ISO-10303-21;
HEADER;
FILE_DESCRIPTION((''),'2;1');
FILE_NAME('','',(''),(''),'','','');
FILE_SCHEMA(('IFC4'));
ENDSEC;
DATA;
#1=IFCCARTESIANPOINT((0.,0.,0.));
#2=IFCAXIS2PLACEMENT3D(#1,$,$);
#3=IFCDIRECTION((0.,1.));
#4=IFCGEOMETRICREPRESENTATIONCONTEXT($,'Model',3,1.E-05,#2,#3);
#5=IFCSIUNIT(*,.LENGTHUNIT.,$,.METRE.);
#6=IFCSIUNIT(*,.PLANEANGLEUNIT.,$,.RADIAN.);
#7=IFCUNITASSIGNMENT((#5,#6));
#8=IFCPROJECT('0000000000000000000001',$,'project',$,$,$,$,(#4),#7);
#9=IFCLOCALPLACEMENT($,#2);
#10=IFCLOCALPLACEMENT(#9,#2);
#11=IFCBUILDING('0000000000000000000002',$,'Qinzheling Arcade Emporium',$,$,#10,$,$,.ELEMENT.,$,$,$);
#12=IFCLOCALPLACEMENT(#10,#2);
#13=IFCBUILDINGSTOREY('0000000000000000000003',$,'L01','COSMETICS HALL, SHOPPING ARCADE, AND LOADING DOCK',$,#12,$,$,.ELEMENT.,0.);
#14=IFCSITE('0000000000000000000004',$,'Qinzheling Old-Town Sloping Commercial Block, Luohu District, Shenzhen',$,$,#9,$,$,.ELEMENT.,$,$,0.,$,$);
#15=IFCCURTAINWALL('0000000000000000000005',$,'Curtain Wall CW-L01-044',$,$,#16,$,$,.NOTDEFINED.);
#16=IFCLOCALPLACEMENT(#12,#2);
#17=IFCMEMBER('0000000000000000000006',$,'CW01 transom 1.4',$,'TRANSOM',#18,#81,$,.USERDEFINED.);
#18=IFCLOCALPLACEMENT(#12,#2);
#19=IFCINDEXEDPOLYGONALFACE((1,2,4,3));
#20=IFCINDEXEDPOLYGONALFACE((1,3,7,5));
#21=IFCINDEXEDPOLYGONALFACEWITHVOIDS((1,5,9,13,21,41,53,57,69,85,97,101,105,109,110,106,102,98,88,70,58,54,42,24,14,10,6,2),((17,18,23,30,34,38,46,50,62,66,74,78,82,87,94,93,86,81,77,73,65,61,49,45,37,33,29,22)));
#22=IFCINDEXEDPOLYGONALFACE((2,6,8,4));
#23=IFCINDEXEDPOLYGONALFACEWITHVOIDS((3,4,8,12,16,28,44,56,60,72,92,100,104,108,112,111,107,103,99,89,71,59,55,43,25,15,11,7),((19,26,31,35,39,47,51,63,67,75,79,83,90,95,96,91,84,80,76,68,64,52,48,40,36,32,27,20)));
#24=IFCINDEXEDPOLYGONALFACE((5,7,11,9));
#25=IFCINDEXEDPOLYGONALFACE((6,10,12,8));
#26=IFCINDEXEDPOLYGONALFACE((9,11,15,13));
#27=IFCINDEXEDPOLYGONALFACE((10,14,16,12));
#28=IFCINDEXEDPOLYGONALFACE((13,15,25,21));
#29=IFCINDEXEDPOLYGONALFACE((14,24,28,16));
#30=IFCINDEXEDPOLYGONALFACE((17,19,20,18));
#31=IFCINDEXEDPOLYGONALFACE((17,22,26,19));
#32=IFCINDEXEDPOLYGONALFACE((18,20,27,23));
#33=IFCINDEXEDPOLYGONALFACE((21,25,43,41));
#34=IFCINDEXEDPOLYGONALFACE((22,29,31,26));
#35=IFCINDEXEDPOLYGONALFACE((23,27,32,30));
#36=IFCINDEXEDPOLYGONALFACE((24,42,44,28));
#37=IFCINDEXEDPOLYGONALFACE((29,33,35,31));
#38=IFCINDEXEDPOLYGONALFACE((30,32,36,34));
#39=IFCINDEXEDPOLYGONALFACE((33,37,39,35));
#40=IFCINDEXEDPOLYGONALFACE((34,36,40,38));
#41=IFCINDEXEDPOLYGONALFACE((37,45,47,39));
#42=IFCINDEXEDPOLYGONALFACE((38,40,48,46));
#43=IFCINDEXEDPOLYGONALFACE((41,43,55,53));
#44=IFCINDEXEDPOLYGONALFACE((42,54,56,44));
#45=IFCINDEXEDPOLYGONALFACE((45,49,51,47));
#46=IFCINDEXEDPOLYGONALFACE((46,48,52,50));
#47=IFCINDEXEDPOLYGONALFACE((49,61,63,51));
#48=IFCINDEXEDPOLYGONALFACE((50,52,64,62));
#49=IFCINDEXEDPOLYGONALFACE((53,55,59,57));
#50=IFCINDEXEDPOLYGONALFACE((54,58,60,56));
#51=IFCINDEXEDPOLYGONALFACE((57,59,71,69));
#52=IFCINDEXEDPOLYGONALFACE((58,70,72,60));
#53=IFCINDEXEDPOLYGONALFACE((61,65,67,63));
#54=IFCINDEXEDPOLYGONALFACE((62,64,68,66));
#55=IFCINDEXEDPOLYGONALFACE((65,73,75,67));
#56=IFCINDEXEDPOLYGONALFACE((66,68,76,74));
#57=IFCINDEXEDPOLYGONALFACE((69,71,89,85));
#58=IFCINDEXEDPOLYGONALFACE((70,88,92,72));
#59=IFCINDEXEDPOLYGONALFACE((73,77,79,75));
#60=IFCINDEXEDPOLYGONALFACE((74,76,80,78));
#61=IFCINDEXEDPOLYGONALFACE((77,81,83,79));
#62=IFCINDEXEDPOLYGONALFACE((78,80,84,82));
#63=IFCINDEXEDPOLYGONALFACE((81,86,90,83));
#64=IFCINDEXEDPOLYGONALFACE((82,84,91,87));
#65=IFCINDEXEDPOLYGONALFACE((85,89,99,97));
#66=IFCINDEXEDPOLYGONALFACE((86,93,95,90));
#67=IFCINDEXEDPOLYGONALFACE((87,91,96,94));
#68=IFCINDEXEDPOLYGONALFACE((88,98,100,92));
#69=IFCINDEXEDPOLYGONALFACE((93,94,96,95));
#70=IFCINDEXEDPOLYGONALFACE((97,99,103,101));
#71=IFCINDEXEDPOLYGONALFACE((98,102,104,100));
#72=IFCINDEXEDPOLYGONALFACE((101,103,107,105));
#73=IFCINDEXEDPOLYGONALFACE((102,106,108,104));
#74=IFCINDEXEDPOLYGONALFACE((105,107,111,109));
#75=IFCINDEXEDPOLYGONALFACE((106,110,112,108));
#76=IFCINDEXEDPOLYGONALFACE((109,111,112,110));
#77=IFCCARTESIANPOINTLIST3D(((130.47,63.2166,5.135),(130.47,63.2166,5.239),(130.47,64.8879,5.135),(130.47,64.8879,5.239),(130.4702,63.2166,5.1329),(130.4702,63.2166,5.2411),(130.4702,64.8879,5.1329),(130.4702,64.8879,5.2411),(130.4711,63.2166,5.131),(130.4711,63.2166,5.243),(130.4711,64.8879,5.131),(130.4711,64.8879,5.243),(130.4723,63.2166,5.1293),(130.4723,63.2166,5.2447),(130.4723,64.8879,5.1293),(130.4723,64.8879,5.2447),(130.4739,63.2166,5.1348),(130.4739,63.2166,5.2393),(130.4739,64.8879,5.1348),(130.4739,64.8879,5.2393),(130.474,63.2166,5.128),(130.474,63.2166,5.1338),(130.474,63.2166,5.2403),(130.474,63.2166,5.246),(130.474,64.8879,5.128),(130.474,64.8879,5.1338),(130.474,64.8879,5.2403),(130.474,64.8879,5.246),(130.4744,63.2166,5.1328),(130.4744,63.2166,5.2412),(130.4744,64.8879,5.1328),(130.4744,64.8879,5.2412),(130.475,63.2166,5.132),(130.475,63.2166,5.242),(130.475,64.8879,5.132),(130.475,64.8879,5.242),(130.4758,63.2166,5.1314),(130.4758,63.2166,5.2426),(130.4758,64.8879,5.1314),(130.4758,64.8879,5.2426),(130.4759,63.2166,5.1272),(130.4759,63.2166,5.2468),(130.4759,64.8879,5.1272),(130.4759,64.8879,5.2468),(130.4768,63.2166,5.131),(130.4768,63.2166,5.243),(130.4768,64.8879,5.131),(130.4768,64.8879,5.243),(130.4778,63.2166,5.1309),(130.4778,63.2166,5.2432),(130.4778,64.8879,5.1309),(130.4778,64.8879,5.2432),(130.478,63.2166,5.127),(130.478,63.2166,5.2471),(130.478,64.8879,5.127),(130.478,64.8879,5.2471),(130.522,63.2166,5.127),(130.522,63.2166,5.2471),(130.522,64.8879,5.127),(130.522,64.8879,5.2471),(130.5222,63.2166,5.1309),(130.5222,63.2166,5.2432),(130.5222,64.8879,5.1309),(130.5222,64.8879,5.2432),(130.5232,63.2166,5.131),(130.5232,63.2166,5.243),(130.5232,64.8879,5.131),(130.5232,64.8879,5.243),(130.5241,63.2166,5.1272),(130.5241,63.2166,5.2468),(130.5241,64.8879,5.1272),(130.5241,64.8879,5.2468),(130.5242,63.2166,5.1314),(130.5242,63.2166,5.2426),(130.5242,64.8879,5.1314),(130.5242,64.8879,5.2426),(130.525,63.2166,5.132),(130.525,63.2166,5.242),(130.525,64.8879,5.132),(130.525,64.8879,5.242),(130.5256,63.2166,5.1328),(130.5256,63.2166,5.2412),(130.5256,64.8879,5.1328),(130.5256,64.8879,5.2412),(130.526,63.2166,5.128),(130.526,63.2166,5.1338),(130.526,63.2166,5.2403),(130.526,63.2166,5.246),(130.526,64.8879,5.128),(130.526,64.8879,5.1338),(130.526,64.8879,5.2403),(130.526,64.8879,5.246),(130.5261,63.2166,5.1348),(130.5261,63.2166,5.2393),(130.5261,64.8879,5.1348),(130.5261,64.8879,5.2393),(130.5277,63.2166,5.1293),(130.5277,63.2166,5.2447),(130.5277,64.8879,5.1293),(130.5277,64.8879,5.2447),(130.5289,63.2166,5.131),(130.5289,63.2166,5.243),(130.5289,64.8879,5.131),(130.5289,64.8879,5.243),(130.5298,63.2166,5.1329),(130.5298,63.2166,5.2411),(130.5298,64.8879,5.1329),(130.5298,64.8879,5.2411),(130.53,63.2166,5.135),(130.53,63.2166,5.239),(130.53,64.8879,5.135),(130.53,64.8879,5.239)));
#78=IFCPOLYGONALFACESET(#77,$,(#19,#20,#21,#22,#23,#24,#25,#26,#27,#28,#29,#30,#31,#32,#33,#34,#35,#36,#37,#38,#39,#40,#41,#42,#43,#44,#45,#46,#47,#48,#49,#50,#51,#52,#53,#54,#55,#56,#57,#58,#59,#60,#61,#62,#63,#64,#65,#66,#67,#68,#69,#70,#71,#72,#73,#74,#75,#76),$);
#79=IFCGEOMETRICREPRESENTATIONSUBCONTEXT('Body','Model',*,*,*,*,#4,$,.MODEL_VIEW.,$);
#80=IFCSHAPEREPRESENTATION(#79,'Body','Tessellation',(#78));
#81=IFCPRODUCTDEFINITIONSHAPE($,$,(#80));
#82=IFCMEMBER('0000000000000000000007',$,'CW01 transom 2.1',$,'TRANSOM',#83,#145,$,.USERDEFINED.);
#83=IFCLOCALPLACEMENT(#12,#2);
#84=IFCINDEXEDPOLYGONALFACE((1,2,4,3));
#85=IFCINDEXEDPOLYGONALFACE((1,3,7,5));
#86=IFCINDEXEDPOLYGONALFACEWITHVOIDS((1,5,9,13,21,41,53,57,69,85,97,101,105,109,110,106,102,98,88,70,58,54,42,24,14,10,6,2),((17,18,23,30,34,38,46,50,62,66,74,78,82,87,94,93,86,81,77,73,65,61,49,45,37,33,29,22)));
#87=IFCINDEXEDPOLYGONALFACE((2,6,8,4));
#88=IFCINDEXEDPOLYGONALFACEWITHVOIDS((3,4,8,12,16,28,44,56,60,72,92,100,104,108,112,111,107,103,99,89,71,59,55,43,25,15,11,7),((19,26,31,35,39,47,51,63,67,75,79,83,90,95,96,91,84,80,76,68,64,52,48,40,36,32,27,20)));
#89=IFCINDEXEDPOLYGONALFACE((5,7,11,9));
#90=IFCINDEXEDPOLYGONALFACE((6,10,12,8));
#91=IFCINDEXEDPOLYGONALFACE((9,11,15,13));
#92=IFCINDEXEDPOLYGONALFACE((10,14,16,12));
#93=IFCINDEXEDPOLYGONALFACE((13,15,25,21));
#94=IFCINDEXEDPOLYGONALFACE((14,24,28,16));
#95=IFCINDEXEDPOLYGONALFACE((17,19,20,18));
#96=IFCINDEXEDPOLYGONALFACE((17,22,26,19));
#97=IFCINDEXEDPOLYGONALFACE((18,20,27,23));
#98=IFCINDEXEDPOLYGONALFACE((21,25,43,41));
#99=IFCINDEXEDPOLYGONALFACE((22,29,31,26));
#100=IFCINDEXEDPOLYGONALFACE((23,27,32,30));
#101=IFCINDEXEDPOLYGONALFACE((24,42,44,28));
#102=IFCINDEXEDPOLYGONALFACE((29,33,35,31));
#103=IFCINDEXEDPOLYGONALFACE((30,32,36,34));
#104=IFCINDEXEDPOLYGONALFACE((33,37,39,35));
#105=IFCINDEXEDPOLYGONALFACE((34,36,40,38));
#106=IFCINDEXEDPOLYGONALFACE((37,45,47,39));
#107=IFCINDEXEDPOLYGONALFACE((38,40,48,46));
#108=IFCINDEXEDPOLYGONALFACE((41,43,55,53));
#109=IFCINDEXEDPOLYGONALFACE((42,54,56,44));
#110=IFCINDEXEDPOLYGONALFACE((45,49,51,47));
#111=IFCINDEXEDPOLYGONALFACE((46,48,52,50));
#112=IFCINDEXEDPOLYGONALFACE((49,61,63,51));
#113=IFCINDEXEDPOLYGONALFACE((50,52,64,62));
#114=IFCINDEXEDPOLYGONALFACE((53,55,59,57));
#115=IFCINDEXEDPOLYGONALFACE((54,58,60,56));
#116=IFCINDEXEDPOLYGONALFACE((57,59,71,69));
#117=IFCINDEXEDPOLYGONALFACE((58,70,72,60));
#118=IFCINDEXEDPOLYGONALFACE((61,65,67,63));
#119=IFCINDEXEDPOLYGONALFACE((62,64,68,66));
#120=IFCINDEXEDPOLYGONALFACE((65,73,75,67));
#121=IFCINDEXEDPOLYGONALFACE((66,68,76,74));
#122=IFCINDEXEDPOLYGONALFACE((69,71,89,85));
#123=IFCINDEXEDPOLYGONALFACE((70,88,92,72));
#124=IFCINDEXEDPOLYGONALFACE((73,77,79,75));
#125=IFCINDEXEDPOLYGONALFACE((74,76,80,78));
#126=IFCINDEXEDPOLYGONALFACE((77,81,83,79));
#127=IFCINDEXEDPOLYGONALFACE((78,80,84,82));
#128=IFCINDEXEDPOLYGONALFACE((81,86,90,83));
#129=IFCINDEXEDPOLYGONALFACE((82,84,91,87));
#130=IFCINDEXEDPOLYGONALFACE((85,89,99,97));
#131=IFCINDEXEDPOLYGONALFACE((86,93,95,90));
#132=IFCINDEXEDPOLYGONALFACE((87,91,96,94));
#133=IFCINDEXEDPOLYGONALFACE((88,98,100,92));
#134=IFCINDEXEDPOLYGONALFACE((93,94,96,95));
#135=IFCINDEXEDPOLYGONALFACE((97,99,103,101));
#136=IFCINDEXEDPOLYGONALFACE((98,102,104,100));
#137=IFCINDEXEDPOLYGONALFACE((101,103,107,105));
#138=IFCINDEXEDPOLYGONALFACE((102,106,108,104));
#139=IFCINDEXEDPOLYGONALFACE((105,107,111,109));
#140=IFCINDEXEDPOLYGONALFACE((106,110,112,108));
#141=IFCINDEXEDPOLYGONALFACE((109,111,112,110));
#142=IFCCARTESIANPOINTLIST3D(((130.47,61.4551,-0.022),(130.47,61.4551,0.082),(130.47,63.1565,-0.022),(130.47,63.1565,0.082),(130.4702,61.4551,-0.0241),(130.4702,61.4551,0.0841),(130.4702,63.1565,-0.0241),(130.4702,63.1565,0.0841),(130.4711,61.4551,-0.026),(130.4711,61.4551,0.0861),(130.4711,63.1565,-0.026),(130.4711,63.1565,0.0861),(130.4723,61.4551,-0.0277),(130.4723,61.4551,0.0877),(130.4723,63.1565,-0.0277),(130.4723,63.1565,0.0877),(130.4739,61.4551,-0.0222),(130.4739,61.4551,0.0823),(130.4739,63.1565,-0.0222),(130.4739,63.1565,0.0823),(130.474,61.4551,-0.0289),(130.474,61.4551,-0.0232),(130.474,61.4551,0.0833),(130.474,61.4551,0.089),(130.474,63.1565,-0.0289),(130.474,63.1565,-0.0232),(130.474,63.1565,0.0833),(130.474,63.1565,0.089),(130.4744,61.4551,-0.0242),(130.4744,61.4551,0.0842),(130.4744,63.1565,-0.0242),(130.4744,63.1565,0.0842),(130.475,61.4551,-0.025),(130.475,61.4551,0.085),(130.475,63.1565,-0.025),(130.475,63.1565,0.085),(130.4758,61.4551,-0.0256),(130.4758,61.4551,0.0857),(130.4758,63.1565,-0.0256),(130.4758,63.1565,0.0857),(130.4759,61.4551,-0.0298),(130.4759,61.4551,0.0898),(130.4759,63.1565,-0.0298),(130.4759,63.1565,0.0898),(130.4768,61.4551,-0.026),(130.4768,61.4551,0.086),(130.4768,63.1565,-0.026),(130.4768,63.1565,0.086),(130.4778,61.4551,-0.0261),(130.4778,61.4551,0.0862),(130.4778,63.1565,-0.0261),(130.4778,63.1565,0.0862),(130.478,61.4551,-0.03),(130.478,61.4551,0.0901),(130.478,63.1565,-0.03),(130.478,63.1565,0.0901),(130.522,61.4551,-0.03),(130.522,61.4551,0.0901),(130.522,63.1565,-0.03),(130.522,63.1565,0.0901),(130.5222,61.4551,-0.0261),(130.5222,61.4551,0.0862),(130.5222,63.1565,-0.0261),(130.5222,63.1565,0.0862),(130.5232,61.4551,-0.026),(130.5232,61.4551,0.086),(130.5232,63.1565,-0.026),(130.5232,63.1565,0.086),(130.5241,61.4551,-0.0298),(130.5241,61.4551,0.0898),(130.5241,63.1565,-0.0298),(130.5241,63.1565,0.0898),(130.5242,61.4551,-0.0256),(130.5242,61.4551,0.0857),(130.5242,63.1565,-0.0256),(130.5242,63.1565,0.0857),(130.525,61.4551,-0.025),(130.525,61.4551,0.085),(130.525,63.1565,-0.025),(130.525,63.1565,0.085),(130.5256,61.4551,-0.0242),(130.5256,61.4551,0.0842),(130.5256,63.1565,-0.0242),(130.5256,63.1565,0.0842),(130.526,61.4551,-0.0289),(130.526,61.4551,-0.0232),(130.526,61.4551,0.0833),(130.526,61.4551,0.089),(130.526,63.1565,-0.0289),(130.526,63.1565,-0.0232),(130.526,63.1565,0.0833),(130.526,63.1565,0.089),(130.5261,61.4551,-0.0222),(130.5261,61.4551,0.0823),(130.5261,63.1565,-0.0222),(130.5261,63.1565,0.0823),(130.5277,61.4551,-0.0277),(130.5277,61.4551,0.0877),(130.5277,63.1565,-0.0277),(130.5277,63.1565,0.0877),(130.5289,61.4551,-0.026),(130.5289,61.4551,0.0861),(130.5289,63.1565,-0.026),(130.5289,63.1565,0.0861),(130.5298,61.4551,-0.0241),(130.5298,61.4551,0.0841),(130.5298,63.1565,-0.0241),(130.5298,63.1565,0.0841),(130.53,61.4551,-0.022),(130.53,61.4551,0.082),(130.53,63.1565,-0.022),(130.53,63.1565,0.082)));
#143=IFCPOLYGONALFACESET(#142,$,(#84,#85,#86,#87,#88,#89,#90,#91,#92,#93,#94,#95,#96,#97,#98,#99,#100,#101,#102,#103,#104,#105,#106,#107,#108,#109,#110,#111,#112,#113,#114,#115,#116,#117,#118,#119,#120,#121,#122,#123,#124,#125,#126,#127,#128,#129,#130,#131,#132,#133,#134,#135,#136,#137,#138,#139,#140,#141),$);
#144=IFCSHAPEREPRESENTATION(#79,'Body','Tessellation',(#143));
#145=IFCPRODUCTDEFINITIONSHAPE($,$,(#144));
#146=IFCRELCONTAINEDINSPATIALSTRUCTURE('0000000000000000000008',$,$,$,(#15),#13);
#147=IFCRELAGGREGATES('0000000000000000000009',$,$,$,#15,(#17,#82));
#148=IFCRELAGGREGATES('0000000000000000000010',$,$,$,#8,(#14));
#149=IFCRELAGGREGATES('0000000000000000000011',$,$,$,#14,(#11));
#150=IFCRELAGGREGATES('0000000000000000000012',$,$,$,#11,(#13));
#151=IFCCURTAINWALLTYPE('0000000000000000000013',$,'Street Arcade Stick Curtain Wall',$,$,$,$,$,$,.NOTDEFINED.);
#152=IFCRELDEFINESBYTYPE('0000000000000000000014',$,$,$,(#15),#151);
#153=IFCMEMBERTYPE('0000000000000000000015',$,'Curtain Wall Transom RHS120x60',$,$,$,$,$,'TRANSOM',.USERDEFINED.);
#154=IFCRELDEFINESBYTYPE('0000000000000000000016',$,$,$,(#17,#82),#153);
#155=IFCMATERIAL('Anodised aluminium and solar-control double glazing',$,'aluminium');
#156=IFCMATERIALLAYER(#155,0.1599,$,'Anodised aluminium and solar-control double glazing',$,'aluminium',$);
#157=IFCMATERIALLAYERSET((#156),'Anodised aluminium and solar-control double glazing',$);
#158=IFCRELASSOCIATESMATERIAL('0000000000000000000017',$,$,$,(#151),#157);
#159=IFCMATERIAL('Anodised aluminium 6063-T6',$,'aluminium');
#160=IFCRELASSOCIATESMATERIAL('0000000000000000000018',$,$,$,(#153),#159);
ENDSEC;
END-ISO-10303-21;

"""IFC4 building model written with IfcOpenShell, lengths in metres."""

from ifc_helpers import new_model, si_unit, direction, frame, origin, origin_2d, place, context, subcontext, project, spatial, hollow_rectangle, extrude, material, layer, layer_set, material_profile, profile_set, type_object, element, aggregate, save


model = new_model("IFC4")

# Units and contexts
model_context = context("Model", 3, precision=1e-05, world=origin(), true_north=direction((0.0, 1.0)))
body_context = subcontext(model_context, "Body", "Model", "MODEL_VIEW")
ifc_project = project(units=[si_unit("LENGTHUNIT", "METRE"), si_unit("PLANEANGLEUNIT", "RADIAN")], contexts=[model_context])

# Site, building, storey
site_placement = place(None, origin())
site = spatial("IfcSite", under=ifc_project, at=site_placement, Name="Qinzheling Old-Town Sloping Commercial Block, Luohu District, Shenzhen", CompositionType="ELEMENT", RefElevation=0.0)
building_placement = place(site_placement, origin())
building = spatial("IfcBuilding", under=site, at=building_placement, Name="Qinzheling Arcade Emporium", CompositionType="ELEMENT")
storey_placement = place(building_placement, origin())
storey = spatial("IfcBuildingStorey", under=building, at=storey_placement, Name="L01", Description="COSMETICS HALL, SHOPPING ARCADE, AND LOADING DOCK", CompositionType="ELEMENT", Elevation=0.0)

# Shared definitions
ifc_material_1 = material(Name="Anodised aluminium and solar-control double glazing", Category="aluminium")
ifc_layer_1 = layer(ifc_material_1, 0.1599, Name="Anodised aluminium and solar-control double glazing", Category="aluminium")
ifc_layer_set_1 = layer_set([ifc_layer_1], Name="Anodised aluminium and solar-control double glazing")
curtain_wall_type = type_object("IfcCurtainWallType", Name="Street Arcade Stick Curtain Wall", PredefinedType="NOTDEFINED", material=ifc_layer_set_1)
ifc_material_2 = material(Name="Anodised aluminium 6063-T6", Category="aluminium")

# Curtain wall, members
curtain_wall_1_placement = place(storey_placement, origin())
curtain_wall_1 = element("IfcCurtainWall", 1, at=curtain_wall_1_placement, inside=storey, type_object=curtain_wall_type, Name="Curtain Wall CW-L01-044", PredefinedType="NOTDEFINED")
ifc_material_profile_1 = material_profile(ifc_material_2, hollow_rectangle(XDim=0.0601, YDim=0.1201, WallThickness=0.0039, InnerFilletRadius=0.0039, OuterFilletRadius=0.0081, at=origin_2d()), Name="RHS 120x60x4", Category="aluminium")
ifc_profile_set_1 = profile_set([ifc_material_profile_1], Name="Anodised aluminium 6063-T6")
member_type_1 = type_object("IfcMemberType", Name="Curtain Wall Transom RHS120x60", ElementType="TRANSOM", PredefinedType="USERDEFINED", material=ifc_profile_set_1)
member_1_placement = place(storey_placement, frame((130.5, 64.8879, 5.187), z_axis=(0.0, -1.0, 0.0), x_axis=(1.0, 0.0, 0.0)))
member_1 = element("IfcMember", 2, at=member_1_placement, type_object=member_type_1, Name="CW01 transom 1.4", ObjectType="TRANSOM", PredefinedType="USERDEFINED", context=body_context, shape_type="SweptSolid", body=[
    extrude(hollow_rectangle(XDim=0.0601, YDim=0.1201, WallThickness=0.0039, InnerFilletRadius=0.0039, OuterFilletRadius=0.0081, at=origin_2d()), origin(), (0.0, 0.0, 1.0), 1.6714),
])
member_2_placement = place(storey_placement, frame((130.5, 63.1565, 0.03), z_axis=(0.0, -1.0, 0.0), x_axis=(1.0, 0.0, 0.0)))
member_2 = element("IfcMember", 3, at=member_2_placement, type_object=member_type_1, Name="CW01 transom 2.1", ObjectType="TRANSOM", PredefinedType="USERDEFINED", context=body_context, shape_type="SweptSolid", body=[
    extrude(hollow_rectangle(XDim=0.0601, YDim=0.1201, WallThickness=0.0039, InnerFilletRadius=0.0039, OuterFilletRadius=0.0081, at=origin_2d()), origin(), (0.0, 0.0, 1.0), 1.7014),
])

aggregate(curtain_wall_1, [member_1, member_2])

save(model, "model.ifc")
